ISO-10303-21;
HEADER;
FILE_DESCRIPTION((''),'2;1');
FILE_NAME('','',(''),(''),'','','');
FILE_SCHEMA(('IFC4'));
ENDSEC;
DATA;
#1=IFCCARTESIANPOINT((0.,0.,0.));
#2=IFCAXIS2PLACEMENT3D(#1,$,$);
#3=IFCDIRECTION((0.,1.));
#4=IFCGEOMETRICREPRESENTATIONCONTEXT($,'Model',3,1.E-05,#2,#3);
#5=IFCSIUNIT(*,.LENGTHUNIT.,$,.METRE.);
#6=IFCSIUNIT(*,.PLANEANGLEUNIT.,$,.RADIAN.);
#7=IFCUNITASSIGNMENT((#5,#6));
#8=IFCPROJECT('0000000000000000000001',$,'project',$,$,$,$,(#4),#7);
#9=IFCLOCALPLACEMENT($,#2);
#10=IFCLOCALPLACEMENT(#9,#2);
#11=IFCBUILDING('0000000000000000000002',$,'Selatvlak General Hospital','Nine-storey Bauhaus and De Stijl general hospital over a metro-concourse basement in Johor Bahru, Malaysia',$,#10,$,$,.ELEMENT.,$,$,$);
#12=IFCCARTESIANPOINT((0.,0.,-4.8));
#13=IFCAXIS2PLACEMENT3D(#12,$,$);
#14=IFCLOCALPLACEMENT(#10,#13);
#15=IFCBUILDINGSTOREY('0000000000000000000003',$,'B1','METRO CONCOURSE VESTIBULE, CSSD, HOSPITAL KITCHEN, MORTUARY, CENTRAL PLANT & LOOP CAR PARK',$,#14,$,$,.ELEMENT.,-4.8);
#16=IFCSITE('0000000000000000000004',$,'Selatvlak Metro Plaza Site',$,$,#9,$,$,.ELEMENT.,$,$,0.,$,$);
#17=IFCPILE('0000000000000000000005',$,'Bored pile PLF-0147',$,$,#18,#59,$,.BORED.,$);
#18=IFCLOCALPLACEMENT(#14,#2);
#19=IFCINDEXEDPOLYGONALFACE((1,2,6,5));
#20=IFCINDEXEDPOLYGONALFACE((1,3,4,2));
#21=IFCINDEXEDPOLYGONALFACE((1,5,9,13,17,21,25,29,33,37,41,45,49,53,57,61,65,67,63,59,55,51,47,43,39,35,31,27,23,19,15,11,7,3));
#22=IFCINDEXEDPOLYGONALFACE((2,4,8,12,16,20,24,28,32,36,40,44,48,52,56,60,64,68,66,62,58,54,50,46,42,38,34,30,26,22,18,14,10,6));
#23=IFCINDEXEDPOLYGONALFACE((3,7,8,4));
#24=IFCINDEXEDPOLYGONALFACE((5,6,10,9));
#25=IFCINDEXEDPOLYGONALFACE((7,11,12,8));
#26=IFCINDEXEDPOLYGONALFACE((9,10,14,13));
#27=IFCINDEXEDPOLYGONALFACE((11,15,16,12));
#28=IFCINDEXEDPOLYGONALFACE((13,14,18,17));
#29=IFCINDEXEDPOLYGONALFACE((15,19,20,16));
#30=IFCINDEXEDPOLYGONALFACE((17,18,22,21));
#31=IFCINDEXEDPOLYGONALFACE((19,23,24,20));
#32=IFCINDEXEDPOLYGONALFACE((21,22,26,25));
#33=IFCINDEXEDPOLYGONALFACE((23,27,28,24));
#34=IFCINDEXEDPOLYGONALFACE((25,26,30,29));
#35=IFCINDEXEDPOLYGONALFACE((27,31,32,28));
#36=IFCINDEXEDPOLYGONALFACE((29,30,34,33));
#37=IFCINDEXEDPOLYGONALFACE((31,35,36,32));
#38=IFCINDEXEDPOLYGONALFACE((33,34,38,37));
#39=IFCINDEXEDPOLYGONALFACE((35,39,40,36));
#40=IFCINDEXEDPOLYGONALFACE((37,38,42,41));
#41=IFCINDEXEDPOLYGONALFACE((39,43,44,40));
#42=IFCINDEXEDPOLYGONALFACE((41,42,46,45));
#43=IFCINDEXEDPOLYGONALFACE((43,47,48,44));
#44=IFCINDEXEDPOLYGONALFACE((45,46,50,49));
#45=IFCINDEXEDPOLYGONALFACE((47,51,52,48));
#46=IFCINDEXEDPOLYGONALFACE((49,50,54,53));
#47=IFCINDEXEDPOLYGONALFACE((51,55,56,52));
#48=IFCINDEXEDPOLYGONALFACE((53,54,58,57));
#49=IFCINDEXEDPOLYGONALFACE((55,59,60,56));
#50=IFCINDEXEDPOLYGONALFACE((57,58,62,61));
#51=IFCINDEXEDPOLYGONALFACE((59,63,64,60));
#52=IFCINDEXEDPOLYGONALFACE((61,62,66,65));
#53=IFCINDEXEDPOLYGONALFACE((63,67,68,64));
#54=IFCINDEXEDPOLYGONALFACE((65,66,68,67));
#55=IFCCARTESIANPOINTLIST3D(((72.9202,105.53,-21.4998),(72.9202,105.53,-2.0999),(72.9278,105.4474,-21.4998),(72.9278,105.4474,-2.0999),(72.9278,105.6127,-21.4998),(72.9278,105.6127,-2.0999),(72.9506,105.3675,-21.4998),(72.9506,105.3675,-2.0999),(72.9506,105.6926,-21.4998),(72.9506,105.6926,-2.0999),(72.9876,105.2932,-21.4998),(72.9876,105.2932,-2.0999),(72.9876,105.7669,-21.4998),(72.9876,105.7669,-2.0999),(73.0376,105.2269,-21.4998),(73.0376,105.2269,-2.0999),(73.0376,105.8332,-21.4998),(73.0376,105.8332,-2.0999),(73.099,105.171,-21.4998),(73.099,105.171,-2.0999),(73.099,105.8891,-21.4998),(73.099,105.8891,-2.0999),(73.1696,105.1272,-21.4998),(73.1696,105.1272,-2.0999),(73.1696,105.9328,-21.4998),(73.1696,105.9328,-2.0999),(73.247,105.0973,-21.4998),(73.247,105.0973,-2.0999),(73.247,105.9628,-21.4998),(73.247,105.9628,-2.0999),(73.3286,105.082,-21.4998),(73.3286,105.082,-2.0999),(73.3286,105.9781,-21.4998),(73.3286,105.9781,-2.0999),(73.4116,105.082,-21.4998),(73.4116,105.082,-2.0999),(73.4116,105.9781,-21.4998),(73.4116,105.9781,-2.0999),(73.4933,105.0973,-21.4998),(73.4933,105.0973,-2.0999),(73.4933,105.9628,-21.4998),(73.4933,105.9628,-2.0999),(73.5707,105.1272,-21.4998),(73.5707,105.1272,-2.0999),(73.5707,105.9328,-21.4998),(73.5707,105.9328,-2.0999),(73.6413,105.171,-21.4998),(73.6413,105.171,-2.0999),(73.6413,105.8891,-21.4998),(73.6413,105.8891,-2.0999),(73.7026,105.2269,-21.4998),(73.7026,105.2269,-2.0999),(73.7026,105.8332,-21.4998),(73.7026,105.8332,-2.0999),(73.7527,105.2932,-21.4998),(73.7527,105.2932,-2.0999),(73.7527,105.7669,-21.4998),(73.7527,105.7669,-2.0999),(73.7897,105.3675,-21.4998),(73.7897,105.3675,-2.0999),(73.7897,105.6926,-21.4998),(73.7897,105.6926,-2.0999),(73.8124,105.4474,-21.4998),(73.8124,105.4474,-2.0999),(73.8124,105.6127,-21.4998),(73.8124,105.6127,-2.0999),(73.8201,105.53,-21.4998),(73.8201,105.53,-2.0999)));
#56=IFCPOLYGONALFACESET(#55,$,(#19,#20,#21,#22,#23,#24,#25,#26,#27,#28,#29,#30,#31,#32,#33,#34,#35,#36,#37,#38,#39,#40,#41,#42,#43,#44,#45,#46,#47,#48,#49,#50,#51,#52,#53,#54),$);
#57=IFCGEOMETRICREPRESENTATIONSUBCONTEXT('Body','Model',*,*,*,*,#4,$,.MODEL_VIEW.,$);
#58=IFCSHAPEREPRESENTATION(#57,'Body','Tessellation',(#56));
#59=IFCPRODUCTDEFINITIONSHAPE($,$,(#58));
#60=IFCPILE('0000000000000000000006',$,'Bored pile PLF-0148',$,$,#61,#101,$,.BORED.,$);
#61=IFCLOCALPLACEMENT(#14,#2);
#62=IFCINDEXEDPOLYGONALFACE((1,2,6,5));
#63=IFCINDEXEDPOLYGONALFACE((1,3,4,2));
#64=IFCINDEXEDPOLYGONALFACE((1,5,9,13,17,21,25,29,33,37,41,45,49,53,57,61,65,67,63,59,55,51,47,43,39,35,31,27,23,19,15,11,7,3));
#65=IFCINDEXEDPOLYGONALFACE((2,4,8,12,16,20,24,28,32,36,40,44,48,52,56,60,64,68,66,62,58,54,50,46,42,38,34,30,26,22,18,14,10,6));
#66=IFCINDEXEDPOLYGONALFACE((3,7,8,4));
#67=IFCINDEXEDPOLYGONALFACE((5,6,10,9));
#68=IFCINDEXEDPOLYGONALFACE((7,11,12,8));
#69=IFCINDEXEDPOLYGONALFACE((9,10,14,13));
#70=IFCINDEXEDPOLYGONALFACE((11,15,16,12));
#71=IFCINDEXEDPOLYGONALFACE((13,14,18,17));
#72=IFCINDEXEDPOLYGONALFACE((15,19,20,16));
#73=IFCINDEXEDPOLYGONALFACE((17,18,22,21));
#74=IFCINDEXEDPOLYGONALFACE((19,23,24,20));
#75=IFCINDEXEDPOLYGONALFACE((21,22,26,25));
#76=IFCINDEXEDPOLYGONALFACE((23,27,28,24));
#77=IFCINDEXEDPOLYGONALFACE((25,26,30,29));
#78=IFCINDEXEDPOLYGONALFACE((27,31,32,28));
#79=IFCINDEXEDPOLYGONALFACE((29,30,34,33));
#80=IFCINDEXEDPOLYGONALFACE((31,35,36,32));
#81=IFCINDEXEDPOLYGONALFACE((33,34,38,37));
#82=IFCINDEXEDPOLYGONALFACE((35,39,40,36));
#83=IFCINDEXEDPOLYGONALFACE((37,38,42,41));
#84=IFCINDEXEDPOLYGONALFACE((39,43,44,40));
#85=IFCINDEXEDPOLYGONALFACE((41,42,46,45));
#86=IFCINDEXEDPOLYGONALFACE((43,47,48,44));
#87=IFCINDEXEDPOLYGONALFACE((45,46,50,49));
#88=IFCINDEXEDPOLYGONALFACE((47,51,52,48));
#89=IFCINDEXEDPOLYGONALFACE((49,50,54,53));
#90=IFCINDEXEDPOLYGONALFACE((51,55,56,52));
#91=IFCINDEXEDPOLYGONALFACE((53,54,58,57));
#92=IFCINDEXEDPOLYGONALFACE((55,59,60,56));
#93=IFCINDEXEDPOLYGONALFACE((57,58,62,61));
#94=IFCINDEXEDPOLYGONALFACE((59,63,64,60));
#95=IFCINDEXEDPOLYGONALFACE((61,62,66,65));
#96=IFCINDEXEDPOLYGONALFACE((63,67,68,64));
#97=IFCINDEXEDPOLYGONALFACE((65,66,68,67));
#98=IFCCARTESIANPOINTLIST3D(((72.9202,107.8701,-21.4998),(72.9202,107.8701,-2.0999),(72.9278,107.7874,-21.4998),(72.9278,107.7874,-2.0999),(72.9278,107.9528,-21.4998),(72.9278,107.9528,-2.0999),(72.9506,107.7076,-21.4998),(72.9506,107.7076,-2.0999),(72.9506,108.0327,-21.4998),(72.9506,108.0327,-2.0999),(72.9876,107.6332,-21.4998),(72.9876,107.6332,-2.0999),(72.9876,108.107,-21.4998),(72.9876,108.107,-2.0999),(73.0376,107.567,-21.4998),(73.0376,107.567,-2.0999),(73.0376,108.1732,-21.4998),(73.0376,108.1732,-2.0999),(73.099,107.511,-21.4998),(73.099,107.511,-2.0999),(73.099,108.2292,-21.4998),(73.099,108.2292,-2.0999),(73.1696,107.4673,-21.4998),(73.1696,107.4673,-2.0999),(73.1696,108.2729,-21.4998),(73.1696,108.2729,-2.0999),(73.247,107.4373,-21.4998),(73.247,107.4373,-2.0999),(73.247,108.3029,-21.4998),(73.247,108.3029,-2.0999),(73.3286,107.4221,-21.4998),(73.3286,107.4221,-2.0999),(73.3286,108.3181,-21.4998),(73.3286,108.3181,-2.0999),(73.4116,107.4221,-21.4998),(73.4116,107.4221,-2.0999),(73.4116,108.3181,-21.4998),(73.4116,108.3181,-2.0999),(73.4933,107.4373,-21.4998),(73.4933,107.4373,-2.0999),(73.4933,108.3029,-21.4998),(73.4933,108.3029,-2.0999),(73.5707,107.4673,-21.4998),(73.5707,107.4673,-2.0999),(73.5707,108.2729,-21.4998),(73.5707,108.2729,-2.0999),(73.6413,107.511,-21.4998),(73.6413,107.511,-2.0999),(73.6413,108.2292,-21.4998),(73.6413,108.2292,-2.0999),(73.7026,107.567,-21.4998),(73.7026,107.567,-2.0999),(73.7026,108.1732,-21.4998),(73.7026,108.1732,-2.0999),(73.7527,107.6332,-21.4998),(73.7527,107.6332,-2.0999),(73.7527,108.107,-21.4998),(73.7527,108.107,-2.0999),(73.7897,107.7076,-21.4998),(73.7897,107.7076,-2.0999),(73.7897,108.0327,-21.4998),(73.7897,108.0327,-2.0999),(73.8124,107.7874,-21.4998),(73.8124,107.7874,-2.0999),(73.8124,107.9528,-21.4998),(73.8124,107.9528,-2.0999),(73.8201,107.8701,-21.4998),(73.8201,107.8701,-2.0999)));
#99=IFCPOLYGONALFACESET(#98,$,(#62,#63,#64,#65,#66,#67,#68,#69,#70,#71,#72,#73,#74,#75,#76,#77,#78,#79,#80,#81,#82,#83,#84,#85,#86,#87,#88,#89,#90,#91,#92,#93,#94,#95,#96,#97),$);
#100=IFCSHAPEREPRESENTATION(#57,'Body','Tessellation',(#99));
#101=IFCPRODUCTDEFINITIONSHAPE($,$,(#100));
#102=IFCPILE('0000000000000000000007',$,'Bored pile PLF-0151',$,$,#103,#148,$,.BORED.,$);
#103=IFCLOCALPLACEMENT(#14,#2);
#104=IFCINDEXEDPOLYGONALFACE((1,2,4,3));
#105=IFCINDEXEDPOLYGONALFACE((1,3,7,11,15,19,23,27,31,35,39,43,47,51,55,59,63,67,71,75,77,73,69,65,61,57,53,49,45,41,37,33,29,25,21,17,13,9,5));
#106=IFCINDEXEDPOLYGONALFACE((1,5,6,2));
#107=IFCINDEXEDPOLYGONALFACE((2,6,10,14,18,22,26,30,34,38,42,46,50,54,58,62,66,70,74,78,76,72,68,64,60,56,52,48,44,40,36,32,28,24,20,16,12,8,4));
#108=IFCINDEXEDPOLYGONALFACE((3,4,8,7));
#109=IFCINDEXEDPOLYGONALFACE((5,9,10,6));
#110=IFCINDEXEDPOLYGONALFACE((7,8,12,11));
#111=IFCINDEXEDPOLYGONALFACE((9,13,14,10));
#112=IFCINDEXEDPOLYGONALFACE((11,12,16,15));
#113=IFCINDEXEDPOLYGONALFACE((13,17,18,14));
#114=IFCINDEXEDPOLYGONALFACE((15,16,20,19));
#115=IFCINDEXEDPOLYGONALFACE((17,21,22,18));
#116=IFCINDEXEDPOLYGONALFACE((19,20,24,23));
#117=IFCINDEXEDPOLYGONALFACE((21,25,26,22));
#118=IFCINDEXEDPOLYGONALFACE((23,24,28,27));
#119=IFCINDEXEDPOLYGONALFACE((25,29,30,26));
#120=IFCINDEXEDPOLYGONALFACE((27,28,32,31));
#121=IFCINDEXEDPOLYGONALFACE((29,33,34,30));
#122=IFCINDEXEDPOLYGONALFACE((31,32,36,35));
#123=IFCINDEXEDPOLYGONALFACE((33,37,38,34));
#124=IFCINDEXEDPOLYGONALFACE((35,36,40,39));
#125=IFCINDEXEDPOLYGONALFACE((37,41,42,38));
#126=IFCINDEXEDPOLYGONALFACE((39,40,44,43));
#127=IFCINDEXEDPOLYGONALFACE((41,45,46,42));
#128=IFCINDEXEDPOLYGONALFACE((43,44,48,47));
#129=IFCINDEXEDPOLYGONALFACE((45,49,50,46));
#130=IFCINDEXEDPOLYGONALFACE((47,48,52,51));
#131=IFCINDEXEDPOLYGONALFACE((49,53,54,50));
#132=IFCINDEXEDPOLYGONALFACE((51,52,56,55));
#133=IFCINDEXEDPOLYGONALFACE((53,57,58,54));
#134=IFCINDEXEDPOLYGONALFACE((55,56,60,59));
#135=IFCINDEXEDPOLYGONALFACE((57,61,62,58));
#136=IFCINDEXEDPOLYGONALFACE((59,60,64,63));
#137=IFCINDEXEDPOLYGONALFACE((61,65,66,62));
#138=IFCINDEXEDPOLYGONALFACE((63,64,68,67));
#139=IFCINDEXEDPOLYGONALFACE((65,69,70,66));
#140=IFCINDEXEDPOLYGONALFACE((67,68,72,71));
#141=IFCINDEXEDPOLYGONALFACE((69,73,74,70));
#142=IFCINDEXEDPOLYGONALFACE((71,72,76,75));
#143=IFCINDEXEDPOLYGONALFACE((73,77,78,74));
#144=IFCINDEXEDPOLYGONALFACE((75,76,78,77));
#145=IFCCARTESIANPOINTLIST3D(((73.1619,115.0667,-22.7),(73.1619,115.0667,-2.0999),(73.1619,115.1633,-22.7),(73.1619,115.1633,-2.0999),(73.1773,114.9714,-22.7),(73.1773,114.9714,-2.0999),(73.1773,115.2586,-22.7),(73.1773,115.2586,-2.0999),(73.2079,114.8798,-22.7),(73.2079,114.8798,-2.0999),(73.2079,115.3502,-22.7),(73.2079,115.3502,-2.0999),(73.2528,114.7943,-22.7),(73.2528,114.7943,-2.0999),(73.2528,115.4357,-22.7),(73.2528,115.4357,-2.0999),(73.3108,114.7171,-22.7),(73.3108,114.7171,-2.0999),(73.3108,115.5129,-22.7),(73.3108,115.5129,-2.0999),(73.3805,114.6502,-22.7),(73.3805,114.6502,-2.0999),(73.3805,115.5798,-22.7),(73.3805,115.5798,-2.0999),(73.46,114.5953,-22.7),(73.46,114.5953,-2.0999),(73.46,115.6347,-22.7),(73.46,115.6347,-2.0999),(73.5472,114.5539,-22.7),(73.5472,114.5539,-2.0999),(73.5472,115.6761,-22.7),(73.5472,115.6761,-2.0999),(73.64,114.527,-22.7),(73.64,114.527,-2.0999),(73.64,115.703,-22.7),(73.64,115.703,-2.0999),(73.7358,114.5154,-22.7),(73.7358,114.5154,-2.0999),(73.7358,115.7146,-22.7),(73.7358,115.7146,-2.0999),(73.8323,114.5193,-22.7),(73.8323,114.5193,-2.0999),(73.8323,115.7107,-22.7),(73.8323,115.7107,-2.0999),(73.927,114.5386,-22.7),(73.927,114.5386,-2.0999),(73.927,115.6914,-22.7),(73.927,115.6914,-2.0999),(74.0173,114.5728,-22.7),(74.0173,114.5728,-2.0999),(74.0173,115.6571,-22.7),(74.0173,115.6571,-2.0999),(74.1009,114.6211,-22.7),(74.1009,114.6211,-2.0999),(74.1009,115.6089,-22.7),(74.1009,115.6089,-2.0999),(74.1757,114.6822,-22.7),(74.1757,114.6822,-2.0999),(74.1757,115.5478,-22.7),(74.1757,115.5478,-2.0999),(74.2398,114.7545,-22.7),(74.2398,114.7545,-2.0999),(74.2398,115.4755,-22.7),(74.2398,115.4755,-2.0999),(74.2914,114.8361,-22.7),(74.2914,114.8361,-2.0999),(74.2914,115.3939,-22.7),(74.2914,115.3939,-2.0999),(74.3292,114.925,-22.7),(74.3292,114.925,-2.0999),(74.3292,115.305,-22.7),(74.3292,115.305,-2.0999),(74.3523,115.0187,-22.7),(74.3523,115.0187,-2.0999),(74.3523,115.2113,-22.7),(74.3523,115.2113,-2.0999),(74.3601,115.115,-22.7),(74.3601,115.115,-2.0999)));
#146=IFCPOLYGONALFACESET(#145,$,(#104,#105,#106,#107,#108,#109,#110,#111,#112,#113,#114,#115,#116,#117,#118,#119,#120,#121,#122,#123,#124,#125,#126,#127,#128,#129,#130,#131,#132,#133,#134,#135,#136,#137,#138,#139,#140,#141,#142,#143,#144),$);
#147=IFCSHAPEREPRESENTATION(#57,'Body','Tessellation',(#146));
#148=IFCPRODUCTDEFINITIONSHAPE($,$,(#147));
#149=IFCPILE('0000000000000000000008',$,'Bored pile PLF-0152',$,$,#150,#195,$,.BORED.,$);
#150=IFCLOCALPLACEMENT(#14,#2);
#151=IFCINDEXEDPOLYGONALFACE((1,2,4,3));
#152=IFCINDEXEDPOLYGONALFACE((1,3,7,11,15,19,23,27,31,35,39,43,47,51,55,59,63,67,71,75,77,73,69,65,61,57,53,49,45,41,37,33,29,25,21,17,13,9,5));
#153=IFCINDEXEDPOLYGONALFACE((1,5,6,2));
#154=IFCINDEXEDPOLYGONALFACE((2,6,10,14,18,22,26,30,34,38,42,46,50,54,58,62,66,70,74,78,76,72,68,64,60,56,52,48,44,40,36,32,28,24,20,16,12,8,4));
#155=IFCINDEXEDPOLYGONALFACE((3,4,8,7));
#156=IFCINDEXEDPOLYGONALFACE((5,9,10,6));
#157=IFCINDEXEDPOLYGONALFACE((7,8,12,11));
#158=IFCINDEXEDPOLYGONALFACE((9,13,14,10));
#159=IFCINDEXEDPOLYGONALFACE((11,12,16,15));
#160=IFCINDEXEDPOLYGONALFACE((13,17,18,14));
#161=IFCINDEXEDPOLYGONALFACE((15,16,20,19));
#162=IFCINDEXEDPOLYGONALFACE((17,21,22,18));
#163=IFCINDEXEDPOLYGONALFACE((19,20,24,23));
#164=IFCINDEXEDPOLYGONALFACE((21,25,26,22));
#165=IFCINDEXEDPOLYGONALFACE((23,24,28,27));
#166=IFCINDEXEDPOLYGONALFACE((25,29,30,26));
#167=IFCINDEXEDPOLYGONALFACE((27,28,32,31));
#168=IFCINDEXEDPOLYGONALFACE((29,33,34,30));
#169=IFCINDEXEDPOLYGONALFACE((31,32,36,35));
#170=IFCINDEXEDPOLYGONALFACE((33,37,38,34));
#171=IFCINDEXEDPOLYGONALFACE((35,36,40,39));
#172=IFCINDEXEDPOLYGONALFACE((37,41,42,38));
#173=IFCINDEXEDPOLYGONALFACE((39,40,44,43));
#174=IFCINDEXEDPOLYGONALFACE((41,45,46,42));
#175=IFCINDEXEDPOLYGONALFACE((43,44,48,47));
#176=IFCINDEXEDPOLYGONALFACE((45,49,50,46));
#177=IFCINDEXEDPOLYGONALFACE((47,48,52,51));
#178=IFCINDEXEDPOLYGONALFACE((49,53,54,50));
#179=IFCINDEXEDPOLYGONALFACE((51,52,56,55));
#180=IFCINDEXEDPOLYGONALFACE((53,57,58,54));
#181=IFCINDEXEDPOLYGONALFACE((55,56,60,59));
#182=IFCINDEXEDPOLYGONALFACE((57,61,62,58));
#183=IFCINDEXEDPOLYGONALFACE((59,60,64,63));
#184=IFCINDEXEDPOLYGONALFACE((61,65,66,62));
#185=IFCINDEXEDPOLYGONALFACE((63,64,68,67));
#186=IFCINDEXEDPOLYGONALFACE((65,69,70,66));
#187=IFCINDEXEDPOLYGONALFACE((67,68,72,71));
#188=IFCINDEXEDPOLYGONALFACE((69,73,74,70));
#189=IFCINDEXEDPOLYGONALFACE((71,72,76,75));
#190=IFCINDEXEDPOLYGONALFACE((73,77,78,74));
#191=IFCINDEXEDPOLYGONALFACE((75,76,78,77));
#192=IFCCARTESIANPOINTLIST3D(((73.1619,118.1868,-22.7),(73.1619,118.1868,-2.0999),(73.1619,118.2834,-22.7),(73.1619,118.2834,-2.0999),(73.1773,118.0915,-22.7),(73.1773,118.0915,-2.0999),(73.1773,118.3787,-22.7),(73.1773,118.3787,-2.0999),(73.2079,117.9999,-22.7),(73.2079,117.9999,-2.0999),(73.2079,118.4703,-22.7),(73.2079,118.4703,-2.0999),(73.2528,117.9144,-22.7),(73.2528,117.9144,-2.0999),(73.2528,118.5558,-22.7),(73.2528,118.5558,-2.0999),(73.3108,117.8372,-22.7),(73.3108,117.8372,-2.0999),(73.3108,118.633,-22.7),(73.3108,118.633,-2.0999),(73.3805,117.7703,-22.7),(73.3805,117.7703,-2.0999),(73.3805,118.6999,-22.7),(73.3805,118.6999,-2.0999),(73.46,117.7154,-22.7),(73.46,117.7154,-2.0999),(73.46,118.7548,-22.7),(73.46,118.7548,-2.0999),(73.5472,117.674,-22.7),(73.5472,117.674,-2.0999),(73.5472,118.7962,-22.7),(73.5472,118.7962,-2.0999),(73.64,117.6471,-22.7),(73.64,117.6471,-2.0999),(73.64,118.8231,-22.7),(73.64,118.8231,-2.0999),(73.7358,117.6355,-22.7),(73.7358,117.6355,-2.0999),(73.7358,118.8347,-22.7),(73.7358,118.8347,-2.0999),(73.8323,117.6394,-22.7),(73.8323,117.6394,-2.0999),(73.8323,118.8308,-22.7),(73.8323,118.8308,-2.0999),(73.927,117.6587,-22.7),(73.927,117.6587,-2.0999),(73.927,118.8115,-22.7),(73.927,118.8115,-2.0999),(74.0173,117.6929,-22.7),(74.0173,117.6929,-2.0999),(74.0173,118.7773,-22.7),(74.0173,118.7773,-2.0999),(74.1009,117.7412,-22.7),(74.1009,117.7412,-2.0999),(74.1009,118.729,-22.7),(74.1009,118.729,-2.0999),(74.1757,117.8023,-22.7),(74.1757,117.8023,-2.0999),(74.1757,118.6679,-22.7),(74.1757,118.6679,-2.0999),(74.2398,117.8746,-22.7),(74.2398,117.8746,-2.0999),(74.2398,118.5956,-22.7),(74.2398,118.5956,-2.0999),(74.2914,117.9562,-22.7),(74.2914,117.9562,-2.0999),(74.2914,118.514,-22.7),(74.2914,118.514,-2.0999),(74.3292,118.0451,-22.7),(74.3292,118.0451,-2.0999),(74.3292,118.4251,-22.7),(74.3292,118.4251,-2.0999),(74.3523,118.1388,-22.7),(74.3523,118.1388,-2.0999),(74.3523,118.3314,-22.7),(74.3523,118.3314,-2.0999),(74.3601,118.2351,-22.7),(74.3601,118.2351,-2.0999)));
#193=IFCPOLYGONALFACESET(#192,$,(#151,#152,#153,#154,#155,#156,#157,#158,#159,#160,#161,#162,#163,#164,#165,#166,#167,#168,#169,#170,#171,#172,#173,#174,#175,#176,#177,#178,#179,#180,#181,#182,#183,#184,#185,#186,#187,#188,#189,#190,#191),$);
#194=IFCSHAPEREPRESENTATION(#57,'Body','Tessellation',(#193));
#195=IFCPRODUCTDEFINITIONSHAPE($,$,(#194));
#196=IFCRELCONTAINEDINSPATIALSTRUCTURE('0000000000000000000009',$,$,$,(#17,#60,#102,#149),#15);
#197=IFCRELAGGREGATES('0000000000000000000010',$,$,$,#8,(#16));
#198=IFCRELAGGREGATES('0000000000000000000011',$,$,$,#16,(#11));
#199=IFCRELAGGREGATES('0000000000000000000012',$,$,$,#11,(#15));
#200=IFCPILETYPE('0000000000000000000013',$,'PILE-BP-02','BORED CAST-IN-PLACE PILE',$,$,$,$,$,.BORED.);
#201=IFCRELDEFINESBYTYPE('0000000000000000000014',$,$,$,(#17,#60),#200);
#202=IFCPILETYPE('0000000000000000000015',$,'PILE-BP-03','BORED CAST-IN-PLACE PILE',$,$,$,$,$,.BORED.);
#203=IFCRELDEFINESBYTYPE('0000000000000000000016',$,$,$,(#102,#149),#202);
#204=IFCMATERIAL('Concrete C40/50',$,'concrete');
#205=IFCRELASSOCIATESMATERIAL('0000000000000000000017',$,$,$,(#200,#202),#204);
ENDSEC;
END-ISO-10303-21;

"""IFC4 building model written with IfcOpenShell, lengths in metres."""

from ifc_helpers import new_model, si_unit, direction, frame, origin, origin_2d, place, context, subcontext, project, spatial, circle, extrude, material, material_profile, profile_set, type_object, element, save


model = new_model("IFC4")

# Units and contexts
model_context = context("Model", 3, precision=1e-05, world=origin(), true_north=direction((0.0, 1.0)))
body_context = subcontext(model_context, "Body", "Model", "MODEL_VIEW")
ifc_project = project(units=[si_unit("LENGTHUNIT", "METRE"), si_unit("PLANEANGLEUNIT", "RADIAN")], contexts=[model_context])

# Site, building, storey
site_placement = place(None, origin())
site = spatial("IfcSite", under=ifc_project, at=site_placement, Name="Selatvlak Metro Plaza Site", CompositionType="ELEMENT", RefElevation=0.0)
building_placement = place(site_placement, origin())
building = spatial("IfcBuilding", under=site, at=building_placement, Name="Selatvlak General Hospital", Description="Nine-storey Bauhaus and De Stijl general hospital over a metro-concourse basement in Johor Bahru, Malaysia", CompositionType="ELEMENT")
storey_placement = place(building_placement, frame((0.0, 0.0, -4.8)))
storey = spatial("IfcBuildingStorey", under=building, at=storey_placement, Name="B1", Description="METRO CONCOURSE VESTIBULE, CSSD, HOSPITAL KITCHEN, MORTUARY, CENTRAL PLANT & LOOP CAR PARK", CompositionType="ELEMENT", Elevation=-4.8)

# Shared definitions
ifc_material_1 = material(Name="Concrete C40/50", Category="concrete")

# Piles
ifc_material_profile_1 = material_profile(ifc_material_1, circle(Radius=0.45, at=origin_2d()), Name="BORED PILE 900")
ifc_profile_set_1 = profile_set([ifc_material_profile_1], Name="Concrete C40/50")
pile_type_1 = type_object("IfcPileType", Name="PILE-BP-02", Description="BORED CAST-IN-PLACE PILE", PredefinedType="BORED", material=ifc_profile_set_1)
for number, where, z_axis, x_axis, name in (
    (1, (73.3701, 105.53, -2.0999), (0.0, 0.0, -1.0), (1.0, 0.0, 0.0), "Bored pile PLF-0147"),
    (2, (73.3701, 107.8701, -2.0999), (0.0, 0.0, -1.0), (1.0, 0.0, 0.0), "Bored pile PLF-0148"),
):
    element("IfcPile", number, at=place(storey_placement, frame(where, z_axis=z_axis, x_axis=x_axis)), inside=storey, type_object=pile_type_1, Name=name, PredefinedType="BORED", context=body_context, shape_type="SweptSolid", body=[
        extrude(circle(Radius=0.45, at=origin_2d()), origin(), (0.0, 0.0, 1.0), 19.3999),
    ])
ifc_material_profile_2 = material_profile(ifc_material_1, circle(Radius=0.6001, at=origin_2d()), Name="BORED PILE 1200")
ifc_profile_set_2 = profile_set([ifc_material_profile_2], Name="Concrete C40/50")
pile_type_2 = type_object("IfcPileType", Name="PILE-BP-03", Description="BORED CAST-IN-PLACE PILE", PredefinedType="BORED", material=ifc_profile_set_2)
for number, where, z_axis, x_axis, name in (
    (3, (73.76, 115.115, -2.0999), (0.0, 0.0, -1.0), (1.0, 0.0, 0.0), "Bored pile PLF-0151"),
    (4, (73.76, 118.2351, -2.0999), (0.0, 0.0, -1.0), (1.0, 0.0, 0.0), "Bored pile PLF-0152"),
):
    element("IfcPile", number, at=place(storey_placement, frame(where, z_axis=z_axis, x_axis=x_axis)), inside=storey, type_object=pile_type_2, Name=name, PredefinedType="BORED", context=body_context, shape_type="SweptSolid", body=[
        extrude(circle(Radius=0.6001, at=origin_2d()), origin(), (0.0, 0.0, 1.0), 20.6001),
    ])

save(model, "model.ifc")
